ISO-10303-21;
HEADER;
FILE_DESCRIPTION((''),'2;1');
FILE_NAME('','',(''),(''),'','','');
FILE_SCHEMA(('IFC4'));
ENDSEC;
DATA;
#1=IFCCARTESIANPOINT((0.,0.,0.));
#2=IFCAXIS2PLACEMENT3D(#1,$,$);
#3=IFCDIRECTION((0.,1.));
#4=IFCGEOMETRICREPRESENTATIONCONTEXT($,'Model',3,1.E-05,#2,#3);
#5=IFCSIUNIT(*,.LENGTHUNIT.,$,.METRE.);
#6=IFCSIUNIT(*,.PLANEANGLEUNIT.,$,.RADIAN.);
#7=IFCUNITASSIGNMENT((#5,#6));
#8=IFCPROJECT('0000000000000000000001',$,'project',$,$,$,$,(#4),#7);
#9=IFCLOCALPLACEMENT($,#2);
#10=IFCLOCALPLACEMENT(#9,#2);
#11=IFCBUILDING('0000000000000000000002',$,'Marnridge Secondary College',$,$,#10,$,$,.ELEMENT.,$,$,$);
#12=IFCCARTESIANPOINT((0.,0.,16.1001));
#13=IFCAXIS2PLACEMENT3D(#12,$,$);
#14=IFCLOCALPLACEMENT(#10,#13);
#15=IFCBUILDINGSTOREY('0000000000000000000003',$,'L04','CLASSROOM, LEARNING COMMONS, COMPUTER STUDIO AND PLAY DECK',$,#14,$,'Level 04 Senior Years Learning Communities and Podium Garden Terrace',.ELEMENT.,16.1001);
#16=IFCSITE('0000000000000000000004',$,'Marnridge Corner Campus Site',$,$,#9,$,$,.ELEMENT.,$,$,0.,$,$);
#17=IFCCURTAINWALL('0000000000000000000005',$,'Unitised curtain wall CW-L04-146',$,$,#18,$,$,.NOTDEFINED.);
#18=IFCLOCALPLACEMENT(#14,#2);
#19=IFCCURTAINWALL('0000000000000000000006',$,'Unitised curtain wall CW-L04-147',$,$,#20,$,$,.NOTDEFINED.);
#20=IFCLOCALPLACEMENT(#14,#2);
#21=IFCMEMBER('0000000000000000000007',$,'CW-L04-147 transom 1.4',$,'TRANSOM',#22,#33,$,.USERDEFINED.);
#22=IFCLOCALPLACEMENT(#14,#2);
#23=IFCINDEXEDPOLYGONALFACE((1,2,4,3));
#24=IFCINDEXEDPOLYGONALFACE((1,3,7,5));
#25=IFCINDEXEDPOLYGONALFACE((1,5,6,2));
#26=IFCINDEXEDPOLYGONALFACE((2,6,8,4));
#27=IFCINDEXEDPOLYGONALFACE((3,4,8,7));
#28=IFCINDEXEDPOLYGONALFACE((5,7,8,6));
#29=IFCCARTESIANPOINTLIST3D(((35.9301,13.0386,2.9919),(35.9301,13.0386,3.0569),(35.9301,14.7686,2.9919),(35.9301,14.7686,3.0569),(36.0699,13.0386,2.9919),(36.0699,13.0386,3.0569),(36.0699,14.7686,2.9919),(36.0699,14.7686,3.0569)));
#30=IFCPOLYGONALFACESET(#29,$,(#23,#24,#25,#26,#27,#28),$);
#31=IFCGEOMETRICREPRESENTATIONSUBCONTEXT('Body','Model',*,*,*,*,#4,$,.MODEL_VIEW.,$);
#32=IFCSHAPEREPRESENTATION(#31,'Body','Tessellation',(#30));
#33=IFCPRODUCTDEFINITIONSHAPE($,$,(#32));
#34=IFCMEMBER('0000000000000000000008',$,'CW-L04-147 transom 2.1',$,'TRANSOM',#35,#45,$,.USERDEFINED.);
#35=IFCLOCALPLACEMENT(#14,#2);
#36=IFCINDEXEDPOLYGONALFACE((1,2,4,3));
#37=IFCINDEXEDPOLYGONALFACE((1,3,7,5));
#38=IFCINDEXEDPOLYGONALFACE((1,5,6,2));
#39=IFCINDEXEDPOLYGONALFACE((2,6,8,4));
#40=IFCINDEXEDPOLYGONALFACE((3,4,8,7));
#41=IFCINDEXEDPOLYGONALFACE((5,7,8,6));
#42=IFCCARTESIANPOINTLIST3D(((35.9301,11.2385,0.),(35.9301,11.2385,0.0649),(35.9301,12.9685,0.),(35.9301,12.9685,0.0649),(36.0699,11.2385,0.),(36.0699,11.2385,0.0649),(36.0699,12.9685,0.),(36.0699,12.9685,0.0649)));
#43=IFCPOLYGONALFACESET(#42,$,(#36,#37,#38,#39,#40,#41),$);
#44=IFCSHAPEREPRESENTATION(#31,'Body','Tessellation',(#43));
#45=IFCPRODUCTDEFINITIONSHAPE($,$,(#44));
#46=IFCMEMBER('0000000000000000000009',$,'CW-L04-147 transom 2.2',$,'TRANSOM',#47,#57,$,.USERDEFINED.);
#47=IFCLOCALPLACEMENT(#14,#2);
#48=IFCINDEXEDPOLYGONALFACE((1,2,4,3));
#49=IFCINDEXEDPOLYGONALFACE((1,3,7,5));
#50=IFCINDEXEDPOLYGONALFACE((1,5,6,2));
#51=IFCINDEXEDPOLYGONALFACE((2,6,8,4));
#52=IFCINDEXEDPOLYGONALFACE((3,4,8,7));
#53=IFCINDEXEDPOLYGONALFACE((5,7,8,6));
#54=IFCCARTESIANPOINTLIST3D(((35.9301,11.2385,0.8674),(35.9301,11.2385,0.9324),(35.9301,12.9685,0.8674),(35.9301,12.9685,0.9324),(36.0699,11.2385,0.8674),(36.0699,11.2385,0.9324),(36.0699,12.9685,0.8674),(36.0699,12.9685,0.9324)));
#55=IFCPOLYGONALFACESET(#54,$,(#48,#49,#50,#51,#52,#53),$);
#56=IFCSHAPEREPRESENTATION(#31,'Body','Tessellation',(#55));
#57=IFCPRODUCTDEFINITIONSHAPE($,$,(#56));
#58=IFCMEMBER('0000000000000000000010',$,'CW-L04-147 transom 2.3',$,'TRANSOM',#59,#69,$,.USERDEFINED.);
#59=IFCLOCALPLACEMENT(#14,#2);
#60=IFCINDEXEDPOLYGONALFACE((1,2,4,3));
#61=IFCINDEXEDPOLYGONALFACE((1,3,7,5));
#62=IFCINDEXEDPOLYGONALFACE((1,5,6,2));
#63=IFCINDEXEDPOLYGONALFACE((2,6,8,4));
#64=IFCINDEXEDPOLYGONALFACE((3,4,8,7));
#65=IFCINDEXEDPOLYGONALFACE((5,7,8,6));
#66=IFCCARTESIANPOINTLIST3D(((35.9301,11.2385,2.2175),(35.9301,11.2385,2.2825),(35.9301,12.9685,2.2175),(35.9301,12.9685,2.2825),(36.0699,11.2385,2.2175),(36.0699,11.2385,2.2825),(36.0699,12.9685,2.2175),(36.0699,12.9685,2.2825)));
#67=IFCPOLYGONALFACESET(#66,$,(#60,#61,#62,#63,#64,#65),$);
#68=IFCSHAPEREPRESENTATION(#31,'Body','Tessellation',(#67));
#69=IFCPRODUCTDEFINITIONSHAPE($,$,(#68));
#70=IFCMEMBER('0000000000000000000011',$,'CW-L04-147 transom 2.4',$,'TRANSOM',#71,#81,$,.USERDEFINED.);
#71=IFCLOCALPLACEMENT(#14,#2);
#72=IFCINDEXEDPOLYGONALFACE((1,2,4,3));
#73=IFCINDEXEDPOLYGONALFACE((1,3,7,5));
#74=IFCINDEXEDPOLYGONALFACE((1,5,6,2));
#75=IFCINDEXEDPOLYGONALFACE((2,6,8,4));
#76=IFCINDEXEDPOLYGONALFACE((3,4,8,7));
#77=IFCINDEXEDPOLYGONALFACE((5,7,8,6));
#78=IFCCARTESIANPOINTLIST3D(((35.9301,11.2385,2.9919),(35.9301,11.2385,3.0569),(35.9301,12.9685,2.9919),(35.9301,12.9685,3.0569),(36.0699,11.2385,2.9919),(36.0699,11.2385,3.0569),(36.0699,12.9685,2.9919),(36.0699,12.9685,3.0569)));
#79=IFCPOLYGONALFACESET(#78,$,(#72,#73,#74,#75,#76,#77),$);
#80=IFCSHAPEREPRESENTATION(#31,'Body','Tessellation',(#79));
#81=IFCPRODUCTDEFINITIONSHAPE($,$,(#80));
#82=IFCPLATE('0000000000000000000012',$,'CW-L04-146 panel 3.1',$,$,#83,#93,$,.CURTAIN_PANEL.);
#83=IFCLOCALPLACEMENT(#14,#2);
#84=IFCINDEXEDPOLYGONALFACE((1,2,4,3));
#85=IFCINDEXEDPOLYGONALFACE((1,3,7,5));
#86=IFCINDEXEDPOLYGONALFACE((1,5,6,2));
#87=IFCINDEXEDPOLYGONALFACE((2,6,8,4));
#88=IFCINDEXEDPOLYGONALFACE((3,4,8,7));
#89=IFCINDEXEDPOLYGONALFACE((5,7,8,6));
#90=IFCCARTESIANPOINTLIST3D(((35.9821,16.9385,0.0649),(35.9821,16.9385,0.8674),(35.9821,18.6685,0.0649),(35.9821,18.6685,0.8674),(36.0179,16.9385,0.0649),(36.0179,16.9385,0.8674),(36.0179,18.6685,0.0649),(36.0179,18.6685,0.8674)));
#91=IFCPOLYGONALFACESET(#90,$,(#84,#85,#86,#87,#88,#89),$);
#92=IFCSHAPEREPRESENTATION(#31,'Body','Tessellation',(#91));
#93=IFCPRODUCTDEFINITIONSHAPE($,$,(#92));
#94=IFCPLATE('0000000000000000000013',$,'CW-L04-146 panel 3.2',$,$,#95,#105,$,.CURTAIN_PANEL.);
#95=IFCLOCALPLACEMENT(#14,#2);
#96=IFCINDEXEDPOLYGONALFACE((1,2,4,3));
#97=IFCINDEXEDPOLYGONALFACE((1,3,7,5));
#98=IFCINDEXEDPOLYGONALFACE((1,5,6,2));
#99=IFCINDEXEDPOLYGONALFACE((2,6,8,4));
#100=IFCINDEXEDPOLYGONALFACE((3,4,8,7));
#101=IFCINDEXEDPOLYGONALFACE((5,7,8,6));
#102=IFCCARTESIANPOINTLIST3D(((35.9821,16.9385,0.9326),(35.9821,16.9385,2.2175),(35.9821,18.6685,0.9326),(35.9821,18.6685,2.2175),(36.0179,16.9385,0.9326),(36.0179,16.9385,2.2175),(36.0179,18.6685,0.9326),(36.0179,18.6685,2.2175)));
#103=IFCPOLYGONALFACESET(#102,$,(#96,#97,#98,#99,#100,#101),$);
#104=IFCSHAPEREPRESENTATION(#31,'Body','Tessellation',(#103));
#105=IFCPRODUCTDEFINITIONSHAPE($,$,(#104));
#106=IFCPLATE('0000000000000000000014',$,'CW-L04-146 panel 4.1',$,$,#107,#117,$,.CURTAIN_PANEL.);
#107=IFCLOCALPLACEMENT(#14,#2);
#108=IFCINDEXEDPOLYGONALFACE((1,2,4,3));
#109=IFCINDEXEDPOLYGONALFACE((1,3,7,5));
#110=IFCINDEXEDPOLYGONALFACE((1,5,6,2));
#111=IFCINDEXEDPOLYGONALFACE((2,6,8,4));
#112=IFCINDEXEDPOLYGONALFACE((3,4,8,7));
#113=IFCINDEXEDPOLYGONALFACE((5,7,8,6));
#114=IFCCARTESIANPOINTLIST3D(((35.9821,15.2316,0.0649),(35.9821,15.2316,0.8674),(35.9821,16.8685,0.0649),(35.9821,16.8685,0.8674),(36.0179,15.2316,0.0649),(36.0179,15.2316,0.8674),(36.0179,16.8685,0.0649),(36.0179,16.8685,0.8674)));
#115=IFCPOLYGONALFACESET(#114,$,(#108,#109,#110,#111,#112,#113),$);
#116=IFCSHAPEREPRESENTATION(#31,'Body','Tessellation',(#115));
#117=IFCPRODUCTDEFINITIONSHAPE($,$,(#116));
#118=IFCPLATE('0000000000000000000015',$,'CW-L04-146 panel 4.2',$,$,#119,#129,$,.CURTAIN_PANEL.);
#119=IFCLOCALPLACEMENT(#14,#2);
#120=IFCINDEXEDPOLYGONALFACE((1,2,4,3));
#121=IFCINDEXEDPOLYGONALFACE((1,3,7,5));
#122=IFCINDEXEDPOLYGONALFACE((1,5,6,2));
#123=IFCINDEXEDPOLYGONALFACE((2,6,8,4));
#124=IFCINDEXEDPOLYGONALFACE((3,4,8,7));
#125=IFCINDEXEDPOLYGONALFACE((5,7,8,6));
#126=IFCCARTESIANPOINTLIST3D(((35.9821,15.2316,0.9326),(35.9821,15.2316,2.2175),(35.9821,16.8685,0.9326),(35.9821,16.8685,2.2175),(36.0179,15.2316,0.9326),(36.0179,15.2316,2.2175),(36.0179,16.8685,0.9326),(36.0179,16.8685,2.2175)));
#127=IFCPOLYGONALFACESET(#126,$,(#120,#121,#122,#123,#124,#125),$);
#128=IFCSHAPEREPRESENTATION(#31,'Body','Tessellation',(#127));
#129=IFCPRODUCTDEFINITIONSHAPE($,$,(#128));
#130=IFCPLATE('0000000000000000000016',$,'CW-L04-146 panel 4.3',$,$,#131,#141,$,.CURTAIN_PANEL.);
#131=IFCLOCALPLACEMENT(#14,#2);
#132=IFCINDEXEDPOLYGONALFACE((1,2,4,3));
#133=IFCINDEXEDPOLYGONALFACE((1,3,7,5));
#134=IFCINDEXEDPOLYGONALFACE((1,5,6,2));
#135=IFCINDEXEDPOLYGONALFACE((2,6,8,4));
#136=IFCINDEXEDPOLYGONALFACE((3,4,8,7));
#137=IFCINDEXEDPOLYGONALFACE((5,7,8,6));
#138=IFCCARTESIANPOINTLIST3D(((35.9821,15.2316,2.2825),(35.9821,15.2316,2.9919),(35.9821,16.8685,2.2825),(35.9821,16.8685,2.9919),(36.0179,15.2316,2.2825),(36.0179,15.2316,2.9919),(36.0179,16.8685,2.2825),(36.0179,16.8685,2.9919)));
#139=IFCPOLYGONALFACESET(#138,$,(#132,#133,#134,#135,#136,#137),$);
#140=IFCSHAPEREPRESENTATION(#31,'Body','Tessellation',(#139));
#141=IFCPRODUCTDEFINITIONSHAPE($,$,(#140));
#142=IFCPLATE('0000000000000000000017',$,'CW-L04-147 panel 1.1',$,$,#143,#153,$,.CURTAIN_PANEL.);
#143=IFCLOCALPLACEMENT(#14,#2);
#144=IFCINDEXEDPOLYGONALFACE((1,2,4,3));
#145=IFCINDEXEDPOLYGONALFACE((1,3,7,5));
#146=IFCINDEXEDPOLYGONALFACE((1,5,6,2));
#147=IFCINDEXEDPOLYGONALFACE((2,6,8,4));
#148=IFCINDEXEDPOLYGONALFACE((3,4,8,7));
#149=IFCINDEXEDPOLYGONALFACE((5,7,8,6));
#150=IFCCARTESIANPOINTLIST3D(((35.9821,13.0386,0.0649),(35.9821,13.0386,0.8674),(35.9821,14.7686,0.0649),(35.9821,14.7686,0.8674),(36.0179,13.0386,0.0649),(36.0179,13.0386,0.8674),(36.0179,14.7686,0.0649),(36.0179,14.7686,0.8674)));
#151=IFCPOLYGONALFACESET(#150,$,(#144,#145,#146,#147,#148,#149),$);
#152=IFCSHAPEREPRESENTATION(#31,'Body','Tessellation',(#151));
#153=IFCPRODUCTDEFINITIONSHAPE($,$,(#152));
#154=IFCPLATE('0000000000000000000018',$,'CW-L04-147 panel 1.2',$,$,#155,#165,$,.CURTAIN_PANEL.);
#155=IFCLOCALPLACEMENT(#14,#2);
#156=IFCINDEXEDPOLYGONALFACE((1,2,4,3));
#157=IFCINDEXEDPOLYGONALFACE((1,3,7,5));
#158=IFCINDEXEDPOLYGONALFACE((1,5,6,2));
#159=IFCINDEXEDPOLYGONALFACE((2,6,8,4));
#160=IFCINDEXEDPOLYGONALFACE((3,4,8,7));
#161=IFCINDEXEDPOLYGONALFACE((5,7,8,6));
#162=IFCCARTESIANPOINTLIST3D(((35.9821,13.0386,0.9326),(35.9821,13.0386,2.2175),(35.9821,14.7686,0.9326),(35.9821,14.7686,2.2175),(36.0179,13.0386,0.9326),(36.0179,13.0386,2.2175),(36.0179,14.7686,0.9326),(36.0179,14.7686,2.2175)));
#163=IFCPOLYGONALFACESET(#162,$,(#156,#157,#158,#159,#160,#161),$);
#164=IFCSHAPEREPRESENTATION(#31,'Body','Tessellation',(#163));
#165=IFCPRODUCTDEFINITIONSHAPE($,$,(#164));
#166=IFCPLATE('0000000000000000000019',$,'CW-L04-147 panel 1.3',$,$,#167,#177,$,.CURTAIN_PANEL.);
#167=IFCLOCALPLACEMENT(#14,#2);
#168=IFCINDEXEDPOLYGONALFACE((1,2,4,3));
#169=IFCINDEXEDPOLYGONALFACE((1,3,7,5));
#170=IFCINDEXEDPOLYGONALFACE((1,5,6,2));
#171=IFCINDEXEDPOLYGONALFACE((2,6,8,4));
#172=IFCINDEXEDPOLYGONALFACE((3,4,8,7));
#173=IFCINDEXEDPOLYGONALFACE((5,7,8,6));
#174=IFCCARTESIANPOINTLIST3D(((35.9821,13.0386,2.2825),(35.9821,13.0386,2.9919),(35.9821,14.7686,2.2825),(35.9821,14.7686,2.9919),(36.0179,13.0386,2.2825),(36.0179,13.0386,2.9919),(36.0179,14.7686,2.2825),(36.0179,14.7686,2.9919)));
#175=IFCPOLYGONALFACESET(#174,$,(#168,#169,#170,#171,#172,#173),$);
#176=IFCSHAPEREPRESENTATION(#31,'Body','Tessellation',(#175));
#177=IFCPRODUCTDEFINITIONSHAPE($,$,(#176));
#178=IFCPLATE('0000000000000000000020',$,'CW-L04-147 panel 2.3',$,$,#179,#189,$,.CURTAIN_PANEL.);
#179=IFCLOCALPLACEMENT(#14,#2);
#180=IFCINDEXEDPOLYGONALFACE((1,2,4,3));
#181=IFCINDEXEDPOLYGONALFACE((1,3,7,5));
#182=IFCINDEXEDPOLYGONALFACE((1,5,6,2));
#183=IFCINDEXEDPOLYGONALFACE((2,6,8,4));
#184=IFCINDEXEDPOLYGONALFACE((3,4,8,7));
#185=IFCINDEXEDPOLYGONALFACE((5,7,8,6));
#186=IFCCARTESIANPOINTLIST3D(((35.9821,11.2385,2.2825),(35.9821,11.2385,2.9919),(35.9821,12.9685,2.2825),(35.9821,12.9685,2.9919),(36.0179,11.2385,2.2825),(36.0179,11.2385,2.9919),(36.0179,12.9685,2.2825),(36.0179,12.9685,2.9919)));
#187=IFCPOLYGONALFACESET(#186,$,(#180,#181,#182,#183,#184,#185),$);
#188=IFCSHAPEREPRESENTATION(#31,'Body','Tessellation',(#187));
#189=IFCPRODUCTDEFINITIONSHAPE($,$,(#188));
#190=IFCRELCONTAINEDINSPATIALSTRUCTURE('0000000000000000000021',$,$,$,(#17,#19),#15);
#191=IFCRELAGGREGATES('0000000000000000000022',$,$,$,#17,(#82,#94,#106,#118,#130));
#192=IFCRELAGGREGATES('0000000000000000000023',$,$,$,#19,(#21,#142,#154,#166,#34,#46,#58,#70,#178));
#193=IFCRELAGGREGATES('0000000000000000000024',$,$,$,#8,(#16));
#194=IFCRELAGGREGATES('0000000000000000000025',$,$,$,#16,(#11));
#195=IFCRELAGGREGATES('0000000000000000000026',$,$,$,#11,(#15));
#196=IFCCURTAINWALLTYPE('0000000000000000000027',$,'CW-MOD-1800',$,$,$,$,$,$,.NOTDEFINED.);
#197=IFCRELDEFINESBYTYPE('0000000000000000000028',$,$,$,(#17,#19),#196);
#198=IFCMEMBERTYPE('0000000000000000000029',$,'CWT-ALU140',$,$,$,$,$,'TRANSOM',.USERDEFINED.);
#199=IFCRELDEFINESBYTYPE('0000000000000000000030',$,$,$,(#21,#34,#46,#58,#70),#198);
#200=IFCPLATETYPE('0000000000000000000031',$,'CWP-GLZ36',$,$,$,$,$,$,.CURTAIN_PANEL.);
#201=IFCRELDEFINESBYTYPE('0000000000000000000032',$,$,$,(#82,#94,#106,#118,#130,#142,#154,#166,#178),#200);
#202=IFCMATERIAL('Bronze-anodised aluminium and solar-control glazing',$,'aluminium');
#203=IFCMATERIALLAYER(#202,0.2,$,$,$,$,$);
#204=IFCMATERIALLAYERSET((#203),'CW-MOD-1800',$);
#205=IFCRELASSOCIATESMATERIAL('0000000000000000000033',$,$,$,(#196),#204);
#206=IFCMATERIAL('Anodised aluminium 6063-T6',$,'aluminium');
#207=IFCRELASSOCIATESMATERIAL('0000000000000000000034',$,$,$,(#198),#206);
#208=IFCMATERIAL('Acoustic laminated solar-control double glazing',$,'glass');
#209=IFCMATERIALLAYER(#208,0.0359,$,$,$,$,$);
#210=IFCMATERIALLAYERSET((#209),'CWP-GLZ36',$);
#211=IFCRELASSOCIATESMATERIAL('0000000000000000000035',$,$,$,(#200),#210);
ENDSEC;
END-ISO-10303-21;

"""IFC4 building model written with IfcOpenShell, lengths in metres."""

from ifc_helpers import new_model, si_unit, direction, frame, origin, origin_2d, place, context, subcontext, project, spatial, rectangle, extrude, material, layer, layer_set, material_profile, profile_set, type_object, element, aggregate, save


model = new_model("IFC4")

# Units and contexts
model_context = context("Model", 3, precision=1e-05, world=origin(), true_north=direction((0.0, 1.0)))
body_context = subcontext(model_context, "Body", "Model", "MODEL_VIEW")
ifc_project = project(units=[si_unit("LENGTHUNIT", "METRE"), si_unit("PLANEANGLEUNIT", "RADIAN")], contexts=[model_context])

# Site, building, storey
site_placement = place(None, origin())
site = spatial("IfcSite", under=ifc_project, at=site_placement, Name="Marnridge Corner Campus Site", CompositionType="ELEMENT", RefElevation=0.0)
building_placement = place(site_placement, origin())
building = spatial("IfcBuilding", under=site, at=building_placement, Name="Marnridge Secondary College", CompositionType="ELEMENT")
storey_placement = place(building_placement, frame((0.0, 0.0, 16.1001)))
storey = spatial("IfcBuildingStorey", under=building, at=storey_placement, Name="L04", Description="CLASSROOM, LEARNING COMMONS, COMPUTER STUDIO AND PLAY DECK", LongName="Level 04 Senior Years Learning Communities and Podium Garden Terrace", CompositionType="ELEMENT", Elevation=16.1001)

# Curtain walls
ifc_material_1 = material(Name="Bronze-anodised aluminium and solar-control glazing", Category="aluminium")
ifc_layer_1 = layer(ifc_material_1, 0.2)
ifc_layer_set_1 = layer_set([ifc_layer_1], Name="CW-MOD-1800")
curtain_wall_type = type_object("IfcCurtainWallType", Name="CW-MOD-1800", PredefinedType="NOTDEFINED", material=ifc_layer_set_1)
curtain_wall_1_placement = place(storey_placement, origin())
curtain_wall_1 = element("IfcCurtainWall", 1, at=curtain_wall_1_placement, inside=storey, type_object=curtain_wall_type, Name="Unitised curtain wall CW-L04-146", PredefinedType="NOTDEFINED")
curtain_wall_2_placement = place(storey_placement, origin())
curtain_wall_2 = element("IfcCurtainWall", 2, at=curtain_wall_2_placement, inside=storey, type_object=curtain_wall_type, Name="Unitised curtain wall CW-L04-147", PredefinedType="NOTDEFINED")

# Members
ifc_material_2 = material(Name="Anodised aluminium 6063-T6", Category="aluminium")
ifc_material_profile_1 = material_profile(ifc_material_2, rectangle(XDim=0.0649, YDim=0.1399, at=origin_2d()), Name="ALU 65x140")
ifc_profile_set_1 = profile_set([ifc_material_profile_1], Name="Anodised aluminium 6063-T6")
member_type_1 = type_object("IfcMemberType", Name="CWT-ALU140", ElementType="TRANSOM", PredefinedType="USERDEFINED", material=ifc_profile_set_1)
member_1_placement = place(storey_placement, frame((36.0, 14.7686, 3.0244), z_axis=(0.0, -1.0, 0.0), x_axis=(0.0, 0.0, 1.0)))
member_1 = element("IfcMember", 3, at=member_1_placement, type_object=member_type_1, Name="CW-L04-147 transom 1.4", ObjectType="TRANSOM", PredefinedType="USERDEFINED", context=body_context, shape_type="SweptSolid", body=[
    extrude(rectangle(XDim=0.0649, YDim=0.1399, at=origin_2d()), origin(), (0.0, 0.0, 1.0), 1.73),
])
member_2_placement = place(storey_placement, frame((36.0, 12.9685, 0.0325), z_axis=(0.0, -1.0, 0.0), x_axis=(0.0, 0.0, 1.0)))
member_2 = element("IfcMember", 4, at=member_2_placement, type_object=member_type_1, Name="CW-L04-147 transom 2.1", ObjectType="TRANSOM", PredefinedType="USERDEFINED", context=body_context, shape_type="SweptSolid", body=[
    extrude(rectangle(XDim=0.0649, YDim=0.1399, at=origin_2d()), origin(), (0.0, 0.0, 1.0), 1.73),
])
member_3_placement = place(storey_placement, frame((36.0, 12.9685, 0.8999), z_axis=(0.0, -1.0, 0.0), x_axis=(0.0, 0.0, 1.0)))
member_3 = element("IfcMember", 5, at=member_3_placement, type_object=member_type_1, Name="CW-L04-147 transom 2.2", ObjectType="TRANSOM", PredefinedType="USERDEFINED", context=body_context, shape_type="SweptSolid", body=[
    extrude(rectangle(XDim=0.0649, YDim=0.1399, at=origin_2d()), origin(), (0.0, 0.0, 1.0), 1.73),
])
member_4_placement = place(storey_placement, frame((36.0, 12.9685, 2.25), z_axis=(0.0, -1.0, 0.0), x_axis=(0.0, 0.0, 1.0)))
member_4 = element("IfcMember", 6, at=member_4_placement, type_object=member_type_1, Name="CW-L04-147 transom 2.3", ObjectType="TRANSOM", PredefinedType="USERDEFINED", context=body_context, shape_type="SweptSolid", body=[
    extrude(rectangle(XDim=0.0649, YDim=0.1399, at=origin_2d()), origin(), (0.0, 0.0, 1.0), 1.73),
])
member_5_placement = place(storey_placement, frame((36.0, 12.9685, 3.0244), z_axis=(0.0, -1.0, 0.0), x_axis=(0.0, 0.0, 1.0)))
member_5 = element("IfcMember", 7, at=member_5_placement, type_object=member_type_1, Name="CW-L04-147 transom 2.4", ObjectType="TRANSOM", PredefinedType="USERDEFINED", context=body_context, shape_type="SweptSolid", body=[
    extrude(rectangle(XDim=0.0649, YDim=0.1399, at=origin_2d()), origin(), (0.0, 0.0, 1.0), 1.73),
])

# Plates
ifc_material_3 = material(Name="Acoustic laminated solar-control double glazing", Category="glass")
ifc_layer_2 = layer(ifc_material_3, 0.0359)
ifc_layer_set_2 = layer_set([ifc_layer_2], Name="CWP-GLZ36")
plate_type = type_object("IfcPlateType", Name="CWP-GLZ36", PredefinedType="CURTAIN_PANEL", material=ifc_layer_set_2)
plate_1_placement = place(storey_placement, frame((36.0, 17.8035, 0.0649), z_axis=(0.0, 0.0, 1.0), x_axis=(0.0, -1.0, 0.0)))
plate_1 = element("IfcPlate", 8, at=plate_1_placement, type_object=plate_type, Name="CW-L04-146 panel 3.1", PredefinedType="CURTAIN_PANEL", context=body_context, shape_type="SweptSolid", body=[
    extrude(rectangle(XDim=1.73, YDim=0.0359, at=origin_2d()), origin(), (0.0, 0.0, 1.0), 0.8025),
])
plate_2_placement = place(storey_placement, frame((36.0, 17.8035, 0.9326), z_axis=(0.0, 0.0, 1.0), x_axis=(0.0, -1.0, 0.0)))
plate_2 = element("IfcPlate", 9, at=plate_2_placement, type_object=plate_type, Name="CW-L04-146 panel 3.2", PredefinedType="CURTAIN_PANEL", context=body_context, shape_type="SweptSolid", body=[
    extrude(rectangle(XDim=1.73, YDim=0.0359, at=origin_2d()), origin(), (0.0, 0.0, 1.0), 1.2849),
])
plate_3_placement = place(storey_placement, frame((36.0, 16.05, 0.0649), z_axis=(0.0, 0.0, 1.0), x_axis=(0.0, -1.0, 0.0)))
plate_3 = element("IfcPlate", 10, at=plate_3_placement, type_object=plate_type, Name="CW-L04-146 panel 4.1", PredefinedType="CURTAIN_PANEL", context=body_context, shape_type="SweptSolid", body=[
    extrude(rectangle(XDim=1.637, YDim=0.0359, at=origin_2d()), origin(), (0.0, 0.0, 1.0), 0.8025),
])
plate_4_placement = place(storey_placement, frame((36.0, 16.05, 0.9326), z_axis=(0.0, 0.0, 1.0), x_axis=(0.0, -1.0, 0.0)))
plate_4 = element("IfcPlate", 11, at=plate_4_placement, type_object=plate_type, Name="CW-L04-146 panel 4.2", PredefinedType="CURTAIN_PANEL", context=body_context, shape_type="SweptSolid", body=[
    extrude(rectangle(XDim=1.637, YDim=0.0359, at=origin_2d()), origin(), (0.0, 0.0, 1.0), 1.2849),
])
plate_5_placement = place(storey_placement, frame((36.0, 16.05, 2.2825), z_axis=(0.0, 0.0, 1.0), x_axis=(0.0, -1.0, 0.0)))
plate_5 = element("IfcPlate", 12, at=plate_5_placement, type_object=plate_type, Name="CW-L04-146 panel 4.3", PredefinedType="CURTAIN_PANEL", context=body_context, shape_type="SweptSolid", body=[
    extrude(rectangle(XDim=1.637, YDim=0.0359, at=origin_2d()), origin(), (0.0, 0.0, 1.0), 0.7095),
])
aggregate(curtain_wall_1, [plate_1, plate_2, plate_3, plate_4, plate_5])
plate_6_placement = place(storey_placement, frame((36.0, 13.9036, 0.0649), z_axis=(0.0, 0.0, 1.0), x_axis=(0.0, -1.0, 0.0)))
plate_6 = element("IfcPlate", 13, at=plate_6_placement, type_object=plate_type, Name="CW-L04-147 panel 1.1", PredefinedType="CURTAIN_PANEL", context=body_context, shape_type="SweptSolid", body=[
    extrude(rectangle(XDim=1.73, YDim=0.0359, at=origin_2d()), origin(), (0.0, 0.0, 1.0), 0.8025),
])
plate_7_placement = place(storey_placement, frame((36.0, 13.9036, 0.9326), z_axis=(0.0, 0.0, 1.0), x_axis=(0.0, -1.0, 0.0)))
plate_7 = element("IfcPlate", 14, at=plate_7_placement, type_object=plate_type, Name="CW-L04-147 panel 1.2", PredefinedType="CURTAIN_PANEL", context=body_context, shape_type="SweptSolid", body=[
    extrude(rectangle(XDim=1.73, YDim=0.0359, at=origin_2d()), origin(), (0.0, 0.0, 1.0), 1.2849),
])
plate_8_placement = place(storey_placement, frame((36.0, 13.9036, 2.2825), z_axis=(0.0, 0.0, 1.0), x_axis=(0.0, -1.0, 0.0)))
plate_8 = element("IfcPlate", 15, at=plate_8_placement, type_object=plate_type, Name="CW-L04-147 panel 1.3", PredefinedType="CURTAIN_PANEL", context=body_context, shape_type="SweptSolid", body=[
    extrude(rectangle(XDim=1.73, YDim=0.0359, at=origin_2d()), origin(), (0.0, 0.0, 1.0), 0.7095),
])
plate_9_placement = place(storey_placement, frame((36.0, 12.1035, 2.2825), z_axis=(0.0, 0.0, 1.0), x_axis=(0.0, -1.0, 0.0)))
plate_9 = element("IfcPlate", 16, at=plate_9_placement, type_object=plate_type, Name="CW-L04-147 panel 2.3", PredefinedType="CURTAIN_PANEL", context=body_context, shape_type="SweptSolid", body=[
    extrude(rectangle(XDim=1.73, YDim=0.0359, at=origin_2d()), origin(), (0.0, 0.0, 1.0), 0.7095),
])
aggregate(curtain_wall_2, [member_1, plate_6, plate_7, plate_8, member_2, member_3, member_4, member_5, plate_9])

save(model, "model.ifc")
